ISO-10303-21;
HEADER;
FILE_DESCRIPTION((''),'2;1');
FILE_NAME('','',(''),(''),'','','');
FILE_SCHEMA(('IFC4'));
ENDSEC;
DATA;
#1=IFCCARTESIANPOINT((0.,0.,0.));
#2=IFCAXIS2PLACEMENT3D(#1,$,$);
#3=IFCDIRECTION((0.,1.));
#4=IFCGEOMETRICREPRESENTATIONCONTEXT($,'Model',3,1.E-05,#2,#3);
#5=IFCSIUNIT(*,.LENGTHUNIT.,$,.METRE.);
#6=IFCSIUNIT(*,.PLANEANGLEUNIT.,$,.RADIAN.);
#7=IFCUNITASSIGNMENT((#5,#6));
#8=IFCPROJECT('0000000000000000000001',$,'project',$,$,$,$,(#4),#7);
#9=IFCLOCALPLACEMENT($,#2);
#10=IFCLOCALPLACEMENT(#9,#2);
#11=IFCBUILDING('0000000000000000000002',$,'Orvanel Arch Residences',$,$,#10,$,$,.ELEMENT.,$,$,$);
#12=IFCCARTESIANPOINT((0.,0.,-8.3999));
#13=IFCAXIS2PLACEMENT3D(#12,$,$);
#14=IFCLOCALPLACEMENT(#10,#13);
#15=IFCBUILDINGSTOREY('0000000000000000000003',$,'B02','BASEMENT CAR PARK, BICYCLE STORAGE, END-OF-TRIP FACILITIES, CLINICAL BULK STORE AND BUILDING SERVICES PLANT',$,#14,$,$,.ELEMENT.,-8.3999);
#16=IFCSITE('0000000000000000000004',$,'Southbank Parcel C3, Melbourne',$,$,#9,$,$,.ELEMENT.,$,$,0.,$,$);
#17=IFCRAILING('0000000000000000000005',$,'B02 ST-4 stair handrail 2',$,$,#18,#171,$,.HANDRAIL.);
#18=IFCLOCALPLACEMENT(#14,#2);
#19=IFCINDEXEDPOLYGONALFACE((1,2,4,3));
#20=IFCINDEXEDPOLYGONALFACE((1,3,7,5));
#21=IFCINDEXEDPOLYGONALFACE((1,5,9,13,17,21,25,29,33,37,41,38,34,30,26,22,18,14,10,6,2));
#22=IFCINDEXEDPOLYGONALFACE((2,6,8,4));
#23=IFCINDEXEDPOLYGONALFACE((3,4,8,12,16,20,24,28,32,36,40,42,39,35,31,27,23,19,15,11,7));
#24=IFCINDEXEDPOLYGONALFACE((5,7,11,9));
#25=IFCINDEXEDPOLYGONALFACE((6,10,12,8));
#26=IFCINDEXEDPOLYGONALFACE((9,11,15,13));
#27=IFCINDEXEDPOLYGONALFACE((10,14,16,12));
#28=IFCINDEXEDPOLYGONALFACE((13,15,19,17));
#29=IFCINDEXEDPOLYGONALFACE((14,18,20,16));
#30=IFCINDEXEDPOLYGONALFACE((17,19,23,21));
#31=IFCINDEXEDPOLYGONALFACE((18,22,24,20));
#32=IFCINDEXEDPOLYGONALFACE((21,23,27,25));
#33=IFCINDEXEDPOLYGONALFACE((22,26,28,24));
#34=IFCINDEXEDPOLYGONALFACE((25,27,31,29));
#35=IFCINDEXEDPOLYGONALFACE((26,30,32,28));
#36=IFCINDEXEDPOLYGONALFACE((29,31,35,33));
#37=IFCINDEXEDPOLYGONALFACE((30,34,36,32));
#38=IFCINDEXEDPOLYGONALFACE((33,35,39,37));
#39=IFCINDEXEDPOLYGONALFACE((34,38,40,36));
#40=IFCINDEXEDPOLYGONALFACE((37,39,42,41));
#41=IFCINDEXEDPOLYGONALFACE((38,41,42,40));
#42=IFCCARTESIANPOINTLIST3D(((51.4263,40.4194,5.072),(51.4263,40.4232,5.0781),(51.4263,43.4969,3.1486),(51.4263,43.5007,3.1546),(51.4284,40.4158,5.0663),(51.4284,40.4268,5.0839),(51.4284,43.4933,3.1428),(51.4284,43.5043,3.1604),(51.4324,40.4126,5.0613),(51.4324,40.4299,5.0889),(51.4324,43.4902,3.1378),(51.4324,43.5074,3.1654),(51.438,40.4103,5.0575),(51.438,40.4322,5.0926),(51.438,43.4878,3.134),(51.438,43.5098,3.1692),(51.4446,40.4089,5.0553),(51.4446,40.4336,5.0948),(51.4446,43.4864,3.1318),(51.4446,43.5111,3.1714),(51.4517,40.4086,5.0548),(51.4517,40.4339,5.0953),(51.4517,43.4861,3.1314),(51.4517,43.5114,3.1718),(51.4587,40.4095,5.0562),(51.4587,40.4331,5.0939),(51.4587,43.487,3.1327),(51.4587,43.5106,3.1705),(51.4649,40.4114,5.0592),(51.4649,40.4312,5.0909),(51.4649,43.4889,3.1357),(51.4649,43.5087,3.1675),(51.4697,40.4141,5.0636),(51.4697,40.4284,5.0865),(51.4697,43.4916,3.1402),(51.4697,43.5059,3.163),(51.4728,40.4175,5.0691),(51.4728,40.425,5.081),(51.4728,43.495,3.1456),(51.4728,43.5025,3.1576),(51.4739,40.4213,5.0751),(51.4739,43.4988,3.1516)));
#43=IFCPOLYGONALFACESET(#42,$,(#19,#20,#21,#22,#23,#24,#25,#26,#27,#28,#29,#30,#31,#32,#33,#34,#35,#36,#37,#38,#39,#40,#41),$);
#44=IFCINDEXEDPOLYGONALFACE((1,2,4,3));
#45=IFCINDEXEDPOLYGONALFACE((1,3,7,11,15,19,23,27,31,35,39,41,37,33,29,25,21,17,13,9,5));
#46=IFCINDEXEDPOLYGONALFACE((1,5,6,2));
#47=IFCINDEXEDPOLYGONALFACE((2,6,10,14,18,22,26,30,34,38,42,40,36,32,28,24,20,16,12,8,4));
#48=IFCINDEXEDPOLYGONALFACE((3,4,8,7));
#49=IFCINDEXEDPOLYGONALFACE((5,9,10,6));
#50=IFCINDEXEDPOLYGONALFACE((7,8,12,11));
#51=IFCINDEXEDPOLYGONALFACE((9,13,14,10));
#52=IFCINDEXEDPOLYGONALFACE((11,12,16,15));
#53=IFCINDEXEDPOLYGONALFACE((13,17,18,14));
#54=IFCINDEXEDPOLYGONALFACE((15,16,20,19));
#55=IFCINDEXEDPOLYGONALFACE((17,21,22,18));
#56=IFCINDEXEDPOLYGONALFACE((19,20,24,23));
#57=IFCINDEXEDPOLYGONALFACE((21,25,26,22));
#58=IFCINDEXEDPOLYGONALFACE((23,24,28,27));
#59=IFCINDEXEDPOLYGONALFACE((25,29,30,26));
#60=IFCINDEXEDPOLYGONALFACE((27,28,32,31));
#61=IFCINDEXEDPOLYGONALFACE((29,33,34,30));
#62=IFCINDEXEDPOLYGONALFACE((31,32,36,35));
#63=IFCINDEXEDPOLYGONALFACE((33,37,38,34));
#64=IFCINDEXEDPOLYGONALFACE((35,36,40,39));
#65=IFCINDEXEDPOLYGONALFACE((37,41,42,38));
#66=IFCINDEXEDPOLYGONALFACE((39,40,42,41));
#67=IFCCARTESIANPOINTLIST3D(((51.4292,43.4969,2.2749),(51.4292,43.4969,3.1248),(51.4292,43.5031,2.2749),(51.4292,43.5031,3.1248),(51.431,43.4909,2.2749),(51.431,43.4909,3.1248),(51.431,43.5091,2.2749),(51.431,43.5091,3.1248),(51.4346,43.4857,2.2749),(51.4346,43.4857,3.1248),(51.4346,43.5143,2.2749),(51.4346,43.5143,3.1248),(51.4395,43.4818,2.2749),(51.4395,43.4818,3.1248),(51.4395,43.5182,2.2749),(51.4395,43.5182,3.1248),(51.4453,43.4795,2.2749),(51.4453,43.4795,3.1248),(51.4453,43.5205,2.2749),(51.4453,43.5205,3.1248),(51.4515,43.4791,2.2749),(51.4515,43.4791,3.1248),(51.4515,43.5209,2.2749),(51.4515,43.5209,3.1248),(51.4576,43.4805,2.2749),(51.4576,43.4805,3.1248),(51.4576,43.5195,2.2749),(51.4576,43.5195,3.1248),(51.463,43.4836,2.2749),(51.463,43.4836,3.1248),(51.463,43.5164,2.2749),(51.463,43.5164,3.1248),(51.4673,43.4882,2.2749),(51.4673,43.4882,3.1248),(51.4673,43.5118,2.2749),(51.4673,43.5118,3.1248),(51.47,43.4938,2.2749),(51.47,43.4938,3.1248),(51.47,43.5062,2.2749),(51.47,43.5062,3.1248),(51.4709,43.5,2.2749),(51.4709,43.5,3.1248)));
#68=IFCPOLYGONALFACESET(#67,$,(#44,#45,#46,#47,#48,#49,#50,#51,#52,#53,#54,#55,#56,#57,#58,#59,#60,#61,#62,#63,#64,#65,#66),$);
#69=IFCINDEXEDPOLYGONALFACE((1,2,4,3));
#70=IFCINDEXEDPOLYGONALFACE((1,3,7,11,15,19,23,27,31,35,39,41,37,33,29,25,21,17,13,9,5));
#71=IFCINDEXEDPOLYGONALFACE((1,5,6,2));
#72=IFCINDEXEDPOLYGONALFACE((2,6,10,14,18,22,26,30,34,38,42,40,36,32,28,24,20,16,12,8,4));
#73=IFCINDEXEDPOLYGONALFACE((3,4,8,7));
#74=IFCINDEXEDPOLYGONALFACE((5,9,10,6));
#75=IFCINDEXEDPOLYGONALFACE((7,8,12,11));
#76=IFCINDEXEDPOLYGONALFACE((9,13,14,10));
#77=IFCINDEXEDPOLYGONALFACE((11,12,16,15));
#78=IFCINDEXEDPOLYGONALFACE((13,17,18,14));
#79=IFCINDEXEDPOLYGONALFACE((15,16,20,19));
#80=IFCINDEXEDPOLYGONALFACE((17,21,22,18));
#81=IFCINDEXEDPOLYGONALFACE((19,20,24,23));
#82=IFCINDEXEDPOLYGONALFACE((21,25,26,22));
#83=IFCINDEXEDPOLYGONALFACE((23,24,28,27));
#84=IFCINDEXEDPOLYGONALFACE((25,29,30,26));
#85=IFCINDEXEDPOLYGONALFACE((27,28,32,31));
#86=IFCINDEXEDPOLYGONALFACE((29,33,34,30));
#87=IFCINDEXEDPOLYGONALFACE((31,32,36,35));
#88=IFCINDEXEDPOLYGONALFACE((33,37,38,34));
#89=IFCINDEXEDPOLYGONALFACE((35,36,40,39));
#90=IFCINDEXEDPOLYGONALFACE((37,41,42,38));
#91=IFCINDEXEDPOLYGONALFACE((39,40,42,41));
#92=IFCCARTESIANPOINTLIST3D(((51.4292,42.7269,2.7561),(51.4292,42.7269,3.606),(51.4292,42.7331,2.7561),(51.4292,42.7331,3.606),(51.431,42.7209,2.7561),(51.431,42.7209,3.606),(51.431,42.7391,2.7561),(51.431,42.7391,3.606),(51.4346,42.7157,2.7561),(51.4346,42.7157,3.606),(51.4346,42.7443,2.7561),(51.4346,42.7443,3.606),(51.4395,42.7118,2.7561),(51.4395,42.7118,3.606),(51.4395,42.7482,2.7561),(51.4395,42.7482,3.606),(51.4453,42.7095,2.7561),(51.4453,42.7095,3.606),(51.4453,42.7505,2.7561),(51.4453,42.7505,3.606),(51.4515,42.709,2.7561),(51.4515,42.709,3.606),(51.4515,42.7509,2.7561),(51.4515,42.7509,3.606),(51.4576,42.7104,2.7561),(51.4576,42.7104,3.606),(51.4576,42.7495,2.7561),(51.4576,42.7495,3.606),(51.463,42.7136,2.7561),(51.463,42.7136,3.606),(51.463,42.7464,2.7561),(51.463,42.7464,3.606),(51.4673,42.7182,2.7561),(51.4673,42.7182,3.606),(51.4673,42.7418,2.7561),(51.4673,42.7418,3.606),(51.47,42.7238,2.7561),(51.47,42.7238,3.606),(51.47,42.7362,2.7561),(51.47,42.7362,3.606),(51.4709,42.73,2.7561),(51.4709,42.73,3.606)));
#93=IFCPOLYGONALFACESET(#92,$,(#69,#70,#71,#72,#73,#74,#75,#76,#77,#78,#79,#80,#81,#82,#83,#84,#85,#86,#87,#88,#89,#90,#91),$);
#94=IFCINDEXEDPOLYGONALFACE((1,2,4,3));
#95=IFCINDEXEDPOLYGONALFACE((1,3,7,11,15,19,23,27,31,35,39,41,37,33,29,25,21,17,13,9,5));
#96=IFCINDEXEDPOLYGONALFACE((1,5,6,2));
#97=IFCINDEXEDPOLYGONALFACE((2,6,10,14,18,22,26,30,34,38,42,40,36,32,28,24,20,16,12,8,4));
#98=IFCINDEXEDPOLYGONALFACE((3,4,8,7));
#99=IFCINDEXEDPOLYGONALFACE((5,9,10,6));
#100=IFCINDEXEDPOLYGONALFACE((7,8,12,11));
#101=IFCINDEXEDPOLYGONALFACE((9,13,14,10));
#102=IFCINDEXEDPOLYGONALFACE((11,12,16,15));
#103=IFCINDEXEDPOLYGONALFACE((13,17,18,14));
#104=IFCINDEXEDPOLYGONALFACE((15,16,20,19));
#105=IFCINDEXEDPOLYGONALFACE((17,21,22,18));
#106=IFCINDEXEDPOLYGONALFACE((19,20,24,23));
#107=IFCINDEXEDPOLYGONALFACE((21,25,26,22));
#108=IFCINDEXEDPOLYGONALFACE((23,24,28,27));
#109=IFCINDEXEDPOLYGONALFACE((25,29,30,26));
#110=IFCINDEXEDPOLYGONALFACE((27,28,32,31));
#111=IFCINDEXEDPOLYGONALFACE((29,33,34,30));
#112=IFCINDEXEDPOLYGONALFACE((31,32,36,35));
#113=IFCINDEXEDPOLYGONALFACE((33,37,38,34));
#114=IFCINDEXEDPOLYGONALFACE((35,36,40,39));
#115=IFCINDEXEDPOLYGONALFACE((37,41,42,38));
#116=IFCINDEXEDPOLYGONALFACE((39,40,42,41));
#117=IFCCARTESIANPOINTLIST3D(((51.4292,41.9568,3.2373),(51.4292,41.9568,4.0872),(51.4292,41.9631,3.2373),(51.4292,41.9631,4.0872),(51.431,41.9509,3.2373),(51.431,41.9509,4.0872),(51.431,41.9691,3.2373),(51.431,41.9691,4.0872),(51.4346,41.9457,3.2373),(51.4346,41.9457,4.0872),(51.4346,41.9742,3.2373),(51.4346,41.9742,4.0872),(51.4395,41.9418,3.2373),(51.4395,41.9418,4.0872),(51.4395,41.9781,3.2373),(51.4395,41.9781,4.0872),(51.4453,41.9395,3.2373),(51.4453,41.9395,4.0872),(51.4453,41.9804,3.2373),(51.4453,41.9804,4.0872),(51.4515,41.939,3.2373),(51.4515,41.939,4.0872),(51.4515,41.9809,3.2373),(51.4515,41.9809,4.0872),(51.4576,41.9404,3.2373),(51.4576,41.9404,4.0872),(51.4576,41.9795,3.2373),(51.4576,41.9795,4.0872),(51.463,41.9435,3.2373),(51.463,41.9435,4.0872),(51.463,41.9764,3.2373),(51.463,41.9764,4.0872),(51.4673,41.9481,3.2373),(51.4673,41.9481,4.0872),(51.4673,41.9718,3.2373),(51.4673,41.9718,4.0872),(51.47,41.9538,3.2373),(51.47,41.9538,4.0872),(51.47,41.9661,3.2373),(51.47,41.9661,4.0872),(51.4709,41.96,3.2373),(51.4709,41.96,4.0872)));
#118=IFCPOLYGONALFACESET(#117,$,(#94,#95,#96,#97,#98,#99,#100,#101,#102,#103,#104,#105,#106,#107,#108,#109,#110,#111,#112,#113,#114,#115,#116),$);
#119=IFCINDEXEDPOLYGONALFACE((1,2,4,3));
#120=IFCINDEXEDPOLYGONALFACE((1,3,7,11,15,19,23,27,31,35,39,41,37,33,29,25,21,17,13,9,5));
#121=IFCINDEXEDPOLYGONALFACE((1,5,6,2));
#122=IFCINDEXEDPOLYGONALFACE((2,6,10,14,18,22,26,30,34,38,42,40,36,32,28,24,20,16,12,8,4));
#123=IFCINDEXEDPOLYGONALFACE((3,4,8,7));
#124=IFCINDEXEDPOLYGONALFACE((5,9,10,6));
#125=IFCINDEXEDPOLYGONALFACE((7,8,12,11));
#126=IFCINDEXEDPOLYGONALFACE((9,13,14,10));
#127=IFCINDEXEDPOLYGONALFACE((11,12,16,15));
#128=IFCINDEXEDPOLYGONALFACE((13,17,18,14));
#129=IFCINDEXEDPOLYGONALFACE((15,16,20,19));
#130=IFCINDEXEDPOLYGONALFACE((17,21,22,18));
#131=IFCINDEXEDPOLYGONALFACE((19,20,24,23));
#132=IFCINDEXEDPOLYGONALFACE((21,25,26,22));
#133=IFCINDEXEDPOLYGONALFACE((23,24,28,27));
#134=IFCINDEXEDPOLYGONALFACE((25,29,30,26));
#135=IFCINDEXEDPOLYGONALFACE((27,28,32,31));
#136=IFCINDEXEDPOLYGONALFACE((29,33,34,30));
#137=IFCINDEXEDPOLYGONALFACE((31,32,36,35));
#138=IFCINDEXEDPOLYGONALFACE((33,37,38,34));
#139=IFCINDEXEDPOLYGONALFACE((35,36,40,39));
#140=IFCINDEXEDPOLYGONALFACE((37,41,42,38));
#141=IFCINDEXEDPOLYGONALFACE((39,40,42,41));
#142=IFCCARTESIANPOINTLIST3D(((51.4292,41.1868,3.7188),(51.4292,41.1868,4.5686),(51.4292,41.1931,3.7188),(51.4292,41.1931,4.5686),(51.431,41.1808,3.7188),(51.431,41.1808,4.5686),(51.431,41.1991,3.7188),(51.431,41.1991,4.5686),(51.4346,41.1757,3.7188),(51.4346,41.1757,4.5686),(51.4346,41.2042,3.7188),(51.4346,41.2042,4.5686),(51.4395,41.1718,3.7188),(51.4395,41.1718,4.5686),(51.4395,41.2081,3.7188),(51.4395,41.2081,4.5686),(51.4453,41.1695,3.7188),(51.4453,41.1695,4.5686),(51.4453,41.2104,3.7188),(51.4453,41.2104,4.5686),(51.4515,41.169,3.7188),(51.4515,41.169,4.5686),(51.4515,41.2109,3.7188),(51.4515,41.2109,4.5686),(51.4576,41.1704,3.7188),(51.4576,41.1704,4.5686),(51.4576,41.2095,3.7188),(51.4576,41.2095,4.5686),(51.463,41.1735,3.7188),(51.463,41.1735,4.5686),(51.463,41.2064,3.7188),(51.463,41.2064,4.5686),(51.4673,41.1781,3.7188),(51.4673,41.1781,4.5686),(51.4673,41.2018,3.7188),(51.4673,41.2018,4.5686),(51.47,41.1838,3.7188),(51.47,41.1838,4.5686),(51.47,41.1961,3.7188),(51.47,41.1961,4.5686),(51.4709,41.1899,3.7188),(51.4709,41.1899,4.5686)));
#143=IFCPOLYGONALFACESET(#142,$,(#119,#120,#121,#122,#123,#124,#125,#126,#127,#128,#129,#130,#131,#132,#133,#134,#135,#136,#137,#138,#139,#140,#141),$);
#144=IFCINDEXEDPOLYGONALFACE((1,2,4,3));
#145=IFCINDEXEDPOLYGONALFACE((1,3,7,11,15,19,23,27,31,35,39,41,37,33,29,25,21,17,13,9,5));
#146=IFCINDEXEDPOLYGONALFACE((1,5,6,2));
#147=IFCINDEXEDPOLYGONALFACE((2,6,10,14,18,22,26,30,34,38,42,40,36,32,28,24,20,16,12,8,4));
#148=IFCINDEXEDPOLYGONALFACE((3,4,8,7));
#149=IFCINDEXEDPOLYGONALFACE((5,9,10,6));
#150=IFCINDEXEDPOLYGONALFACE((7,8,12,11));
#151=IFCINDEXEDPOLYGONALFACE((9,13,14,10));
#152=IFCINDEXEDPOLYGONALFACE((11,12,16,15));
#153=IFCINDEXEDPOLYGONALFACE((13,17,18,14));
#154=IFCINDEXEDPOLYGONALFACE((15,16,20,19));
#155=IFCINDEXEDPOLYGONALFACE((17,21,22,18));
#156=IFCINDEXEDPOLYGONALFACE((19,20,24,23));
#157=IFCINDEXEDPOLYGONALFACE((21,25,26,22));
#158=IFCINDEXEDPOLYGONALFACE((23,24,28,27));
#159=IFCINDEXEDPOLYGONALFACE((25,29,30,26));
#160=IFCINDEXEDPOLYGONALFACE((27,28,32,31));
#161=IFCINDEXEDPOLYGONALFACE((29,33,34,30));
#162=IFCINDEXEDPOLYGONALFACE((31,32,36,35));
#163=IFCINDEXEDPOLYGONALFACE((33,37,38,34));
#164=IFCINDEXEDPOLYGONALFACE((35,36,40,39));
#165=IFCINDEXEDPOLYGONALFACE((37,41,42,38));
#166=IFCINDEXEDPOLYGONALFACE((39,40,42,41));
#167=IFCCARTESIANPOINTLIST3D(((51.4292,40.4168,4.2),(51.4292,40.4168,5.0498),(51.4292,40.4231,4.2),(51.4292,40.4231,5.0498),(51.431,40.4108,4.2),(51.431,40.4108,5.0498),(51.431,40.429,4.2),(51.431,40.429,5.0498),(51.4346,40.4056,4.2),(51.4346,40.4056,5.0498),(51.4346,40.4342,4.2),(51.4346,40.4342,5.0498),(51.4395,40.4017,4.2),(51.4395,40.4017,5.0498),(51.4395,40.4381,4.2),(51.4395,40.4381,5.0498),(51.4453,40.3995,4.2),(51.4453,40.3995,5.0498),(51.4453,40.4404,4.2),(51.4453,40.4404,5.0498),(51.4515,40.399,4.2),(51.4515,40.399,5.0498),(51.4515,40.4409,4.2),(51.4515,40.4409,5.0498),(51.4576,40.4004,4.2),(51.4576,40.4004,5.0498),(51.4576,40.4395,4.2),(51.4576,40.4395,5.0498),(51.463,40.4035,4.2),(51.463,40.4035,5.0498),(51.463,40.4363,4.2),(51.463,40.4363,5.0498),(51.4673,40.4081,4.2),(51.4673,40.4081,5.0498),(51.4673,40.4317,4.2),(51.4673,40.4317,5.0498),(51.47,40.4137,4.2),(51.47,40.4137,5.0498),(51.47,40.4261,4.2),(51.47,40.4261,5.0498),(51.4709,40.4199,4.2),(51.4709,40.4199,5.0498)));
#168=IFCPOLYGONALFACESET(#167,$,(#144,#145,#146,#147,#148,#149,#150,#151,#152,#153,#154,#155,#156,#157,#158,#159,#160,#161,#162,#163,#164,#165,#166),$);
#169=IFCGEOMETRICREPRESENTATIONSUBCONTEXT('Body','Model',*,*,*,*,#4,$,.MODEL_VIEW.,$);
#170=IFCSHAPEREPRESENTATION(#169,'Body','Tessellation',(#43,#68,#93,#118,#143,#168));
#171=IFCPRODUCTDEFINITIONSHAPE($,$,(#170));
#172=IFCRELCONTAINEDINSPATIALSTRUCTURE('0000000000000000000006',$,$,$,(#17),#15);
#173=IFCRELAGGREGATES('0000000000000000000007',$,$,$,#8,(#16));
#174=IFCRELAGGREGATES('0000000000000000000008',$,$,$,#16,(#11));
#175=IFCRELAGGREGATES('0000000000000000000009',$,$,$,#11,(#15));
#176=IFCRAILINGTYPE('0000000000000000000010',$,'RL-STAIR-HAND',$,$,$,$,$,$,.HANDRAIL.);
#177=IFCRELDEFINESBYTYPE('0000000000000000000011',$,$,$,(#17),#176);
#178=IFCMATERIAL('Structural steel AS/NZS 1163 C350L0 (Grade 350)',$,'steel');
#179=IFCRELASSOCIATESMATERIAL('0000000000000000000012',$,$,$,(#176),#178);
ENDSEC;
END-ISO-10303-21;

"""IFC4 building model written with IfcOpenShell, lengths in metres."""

from ifc_helpers import new_model, si_unit, direction, frame, origin, origin_2d, place, context, subcontext, project, spatial, circle, extrude, material, type_object, element, save


model = new_model("IFC4")

# Units and contexts
model_context = context("Model", 3, precision=1e-05, world=origin(), true_north=direction((0.0, 1.0)))
body_context = subcontext(model_context, "Body", "Model", "MODEL_VIEW")
ifc_project = project(units=[si_unit("LENGTHUNIT", "METRE"), si_unit("PLANEANGLEUNIT", "RADIAN")], contexts=[model_context])

# Site, building, storey
site_placement = place(None, origin())
site = spatial("IfcSite", under=ifc_project, at=site_placement, Name="Southbank Parcel C3, Melbourne", CompositionType="ELEMENT", RefElevation=0.0)
building_placement = place(site_placement, origin())
building = spatial("IfcBuilding", under=site, at=building_placement, Name="Orvanel Arch Residences", CompositionType="ELEMENT")
storey_placement = place(building_placement, frame((0.0, 0.0, -8.3999)))
storey = spatial("IfcBuildingStorey", under=building, at=storey_placement, Name="B02", Description="BASEMENT CAR PARK, BICYCLE STORAGE, END-OF-TRIP FACILITIES, CLINICAL BULK STORE AND BUILDING SERVICES PLANT", CompositionType="ELEMENT", Elevation=-8.3999)

# Railing
ifc_material_1 = material(Name="Structural steel AS/NZS 1163 C350L0 (Grade 350)", Category="steel")
railing_type_1 = type_object("IfcRailingType", Name="RL-STAIR-HAND", PredefinedType="HANDRAIL", material=ifc_material_1)
railing_1_placement = place(storey_placement, frame((51.45, 43.5, 2.2749)))
element("IfcRailing", 1, at=railing_1_placement, inside=storey, type_object=railing_type_1, Name="B02 ST-4 stair handrail 2", PredefinedType="HANDRAIL", context=body_context, shape_type="SweptSolid", body=[
    extrude(circle(Radius=0.0239, at=origin_2d()), frame((0.0, -0.0012, 0.8767), z_axis=(0.0, -0.847998, 0.529999), x_axis=(1.0, 0.0, 0.0)), (0.0, 0.0, 1.0), 3.6292),
    extrude(circle(Radius=0.021, at=origin_2d()), origin(), (0.0, 0.0, 1.0), 0.8499),
    extrude(circle(Radius=0.021, at=origin_2d()), frame((0.0, -0.77, 0.4812)), (0.0, 0.0, 1.0), 0.8499),
    extrude(circle(Radius=0.021, at=origin_2d()), frame((0.0, -1.54, 0.9624)), (0.0, 0.0, 1.0), 0.8499),
    extrude(circle(Radius=0.021, at=origin_2d()), frame((0.0, -2.3101, 1.4438)), (0.0, 0.0, 1.0), 0.8499),
    extrude(circle(Radius=0.021, at=origin_2d()), frame((0.0, -3.0801, 1.925)), (0.0, 0.0, 1.0), 0.8499),
])

save(model, "model.ifc")
